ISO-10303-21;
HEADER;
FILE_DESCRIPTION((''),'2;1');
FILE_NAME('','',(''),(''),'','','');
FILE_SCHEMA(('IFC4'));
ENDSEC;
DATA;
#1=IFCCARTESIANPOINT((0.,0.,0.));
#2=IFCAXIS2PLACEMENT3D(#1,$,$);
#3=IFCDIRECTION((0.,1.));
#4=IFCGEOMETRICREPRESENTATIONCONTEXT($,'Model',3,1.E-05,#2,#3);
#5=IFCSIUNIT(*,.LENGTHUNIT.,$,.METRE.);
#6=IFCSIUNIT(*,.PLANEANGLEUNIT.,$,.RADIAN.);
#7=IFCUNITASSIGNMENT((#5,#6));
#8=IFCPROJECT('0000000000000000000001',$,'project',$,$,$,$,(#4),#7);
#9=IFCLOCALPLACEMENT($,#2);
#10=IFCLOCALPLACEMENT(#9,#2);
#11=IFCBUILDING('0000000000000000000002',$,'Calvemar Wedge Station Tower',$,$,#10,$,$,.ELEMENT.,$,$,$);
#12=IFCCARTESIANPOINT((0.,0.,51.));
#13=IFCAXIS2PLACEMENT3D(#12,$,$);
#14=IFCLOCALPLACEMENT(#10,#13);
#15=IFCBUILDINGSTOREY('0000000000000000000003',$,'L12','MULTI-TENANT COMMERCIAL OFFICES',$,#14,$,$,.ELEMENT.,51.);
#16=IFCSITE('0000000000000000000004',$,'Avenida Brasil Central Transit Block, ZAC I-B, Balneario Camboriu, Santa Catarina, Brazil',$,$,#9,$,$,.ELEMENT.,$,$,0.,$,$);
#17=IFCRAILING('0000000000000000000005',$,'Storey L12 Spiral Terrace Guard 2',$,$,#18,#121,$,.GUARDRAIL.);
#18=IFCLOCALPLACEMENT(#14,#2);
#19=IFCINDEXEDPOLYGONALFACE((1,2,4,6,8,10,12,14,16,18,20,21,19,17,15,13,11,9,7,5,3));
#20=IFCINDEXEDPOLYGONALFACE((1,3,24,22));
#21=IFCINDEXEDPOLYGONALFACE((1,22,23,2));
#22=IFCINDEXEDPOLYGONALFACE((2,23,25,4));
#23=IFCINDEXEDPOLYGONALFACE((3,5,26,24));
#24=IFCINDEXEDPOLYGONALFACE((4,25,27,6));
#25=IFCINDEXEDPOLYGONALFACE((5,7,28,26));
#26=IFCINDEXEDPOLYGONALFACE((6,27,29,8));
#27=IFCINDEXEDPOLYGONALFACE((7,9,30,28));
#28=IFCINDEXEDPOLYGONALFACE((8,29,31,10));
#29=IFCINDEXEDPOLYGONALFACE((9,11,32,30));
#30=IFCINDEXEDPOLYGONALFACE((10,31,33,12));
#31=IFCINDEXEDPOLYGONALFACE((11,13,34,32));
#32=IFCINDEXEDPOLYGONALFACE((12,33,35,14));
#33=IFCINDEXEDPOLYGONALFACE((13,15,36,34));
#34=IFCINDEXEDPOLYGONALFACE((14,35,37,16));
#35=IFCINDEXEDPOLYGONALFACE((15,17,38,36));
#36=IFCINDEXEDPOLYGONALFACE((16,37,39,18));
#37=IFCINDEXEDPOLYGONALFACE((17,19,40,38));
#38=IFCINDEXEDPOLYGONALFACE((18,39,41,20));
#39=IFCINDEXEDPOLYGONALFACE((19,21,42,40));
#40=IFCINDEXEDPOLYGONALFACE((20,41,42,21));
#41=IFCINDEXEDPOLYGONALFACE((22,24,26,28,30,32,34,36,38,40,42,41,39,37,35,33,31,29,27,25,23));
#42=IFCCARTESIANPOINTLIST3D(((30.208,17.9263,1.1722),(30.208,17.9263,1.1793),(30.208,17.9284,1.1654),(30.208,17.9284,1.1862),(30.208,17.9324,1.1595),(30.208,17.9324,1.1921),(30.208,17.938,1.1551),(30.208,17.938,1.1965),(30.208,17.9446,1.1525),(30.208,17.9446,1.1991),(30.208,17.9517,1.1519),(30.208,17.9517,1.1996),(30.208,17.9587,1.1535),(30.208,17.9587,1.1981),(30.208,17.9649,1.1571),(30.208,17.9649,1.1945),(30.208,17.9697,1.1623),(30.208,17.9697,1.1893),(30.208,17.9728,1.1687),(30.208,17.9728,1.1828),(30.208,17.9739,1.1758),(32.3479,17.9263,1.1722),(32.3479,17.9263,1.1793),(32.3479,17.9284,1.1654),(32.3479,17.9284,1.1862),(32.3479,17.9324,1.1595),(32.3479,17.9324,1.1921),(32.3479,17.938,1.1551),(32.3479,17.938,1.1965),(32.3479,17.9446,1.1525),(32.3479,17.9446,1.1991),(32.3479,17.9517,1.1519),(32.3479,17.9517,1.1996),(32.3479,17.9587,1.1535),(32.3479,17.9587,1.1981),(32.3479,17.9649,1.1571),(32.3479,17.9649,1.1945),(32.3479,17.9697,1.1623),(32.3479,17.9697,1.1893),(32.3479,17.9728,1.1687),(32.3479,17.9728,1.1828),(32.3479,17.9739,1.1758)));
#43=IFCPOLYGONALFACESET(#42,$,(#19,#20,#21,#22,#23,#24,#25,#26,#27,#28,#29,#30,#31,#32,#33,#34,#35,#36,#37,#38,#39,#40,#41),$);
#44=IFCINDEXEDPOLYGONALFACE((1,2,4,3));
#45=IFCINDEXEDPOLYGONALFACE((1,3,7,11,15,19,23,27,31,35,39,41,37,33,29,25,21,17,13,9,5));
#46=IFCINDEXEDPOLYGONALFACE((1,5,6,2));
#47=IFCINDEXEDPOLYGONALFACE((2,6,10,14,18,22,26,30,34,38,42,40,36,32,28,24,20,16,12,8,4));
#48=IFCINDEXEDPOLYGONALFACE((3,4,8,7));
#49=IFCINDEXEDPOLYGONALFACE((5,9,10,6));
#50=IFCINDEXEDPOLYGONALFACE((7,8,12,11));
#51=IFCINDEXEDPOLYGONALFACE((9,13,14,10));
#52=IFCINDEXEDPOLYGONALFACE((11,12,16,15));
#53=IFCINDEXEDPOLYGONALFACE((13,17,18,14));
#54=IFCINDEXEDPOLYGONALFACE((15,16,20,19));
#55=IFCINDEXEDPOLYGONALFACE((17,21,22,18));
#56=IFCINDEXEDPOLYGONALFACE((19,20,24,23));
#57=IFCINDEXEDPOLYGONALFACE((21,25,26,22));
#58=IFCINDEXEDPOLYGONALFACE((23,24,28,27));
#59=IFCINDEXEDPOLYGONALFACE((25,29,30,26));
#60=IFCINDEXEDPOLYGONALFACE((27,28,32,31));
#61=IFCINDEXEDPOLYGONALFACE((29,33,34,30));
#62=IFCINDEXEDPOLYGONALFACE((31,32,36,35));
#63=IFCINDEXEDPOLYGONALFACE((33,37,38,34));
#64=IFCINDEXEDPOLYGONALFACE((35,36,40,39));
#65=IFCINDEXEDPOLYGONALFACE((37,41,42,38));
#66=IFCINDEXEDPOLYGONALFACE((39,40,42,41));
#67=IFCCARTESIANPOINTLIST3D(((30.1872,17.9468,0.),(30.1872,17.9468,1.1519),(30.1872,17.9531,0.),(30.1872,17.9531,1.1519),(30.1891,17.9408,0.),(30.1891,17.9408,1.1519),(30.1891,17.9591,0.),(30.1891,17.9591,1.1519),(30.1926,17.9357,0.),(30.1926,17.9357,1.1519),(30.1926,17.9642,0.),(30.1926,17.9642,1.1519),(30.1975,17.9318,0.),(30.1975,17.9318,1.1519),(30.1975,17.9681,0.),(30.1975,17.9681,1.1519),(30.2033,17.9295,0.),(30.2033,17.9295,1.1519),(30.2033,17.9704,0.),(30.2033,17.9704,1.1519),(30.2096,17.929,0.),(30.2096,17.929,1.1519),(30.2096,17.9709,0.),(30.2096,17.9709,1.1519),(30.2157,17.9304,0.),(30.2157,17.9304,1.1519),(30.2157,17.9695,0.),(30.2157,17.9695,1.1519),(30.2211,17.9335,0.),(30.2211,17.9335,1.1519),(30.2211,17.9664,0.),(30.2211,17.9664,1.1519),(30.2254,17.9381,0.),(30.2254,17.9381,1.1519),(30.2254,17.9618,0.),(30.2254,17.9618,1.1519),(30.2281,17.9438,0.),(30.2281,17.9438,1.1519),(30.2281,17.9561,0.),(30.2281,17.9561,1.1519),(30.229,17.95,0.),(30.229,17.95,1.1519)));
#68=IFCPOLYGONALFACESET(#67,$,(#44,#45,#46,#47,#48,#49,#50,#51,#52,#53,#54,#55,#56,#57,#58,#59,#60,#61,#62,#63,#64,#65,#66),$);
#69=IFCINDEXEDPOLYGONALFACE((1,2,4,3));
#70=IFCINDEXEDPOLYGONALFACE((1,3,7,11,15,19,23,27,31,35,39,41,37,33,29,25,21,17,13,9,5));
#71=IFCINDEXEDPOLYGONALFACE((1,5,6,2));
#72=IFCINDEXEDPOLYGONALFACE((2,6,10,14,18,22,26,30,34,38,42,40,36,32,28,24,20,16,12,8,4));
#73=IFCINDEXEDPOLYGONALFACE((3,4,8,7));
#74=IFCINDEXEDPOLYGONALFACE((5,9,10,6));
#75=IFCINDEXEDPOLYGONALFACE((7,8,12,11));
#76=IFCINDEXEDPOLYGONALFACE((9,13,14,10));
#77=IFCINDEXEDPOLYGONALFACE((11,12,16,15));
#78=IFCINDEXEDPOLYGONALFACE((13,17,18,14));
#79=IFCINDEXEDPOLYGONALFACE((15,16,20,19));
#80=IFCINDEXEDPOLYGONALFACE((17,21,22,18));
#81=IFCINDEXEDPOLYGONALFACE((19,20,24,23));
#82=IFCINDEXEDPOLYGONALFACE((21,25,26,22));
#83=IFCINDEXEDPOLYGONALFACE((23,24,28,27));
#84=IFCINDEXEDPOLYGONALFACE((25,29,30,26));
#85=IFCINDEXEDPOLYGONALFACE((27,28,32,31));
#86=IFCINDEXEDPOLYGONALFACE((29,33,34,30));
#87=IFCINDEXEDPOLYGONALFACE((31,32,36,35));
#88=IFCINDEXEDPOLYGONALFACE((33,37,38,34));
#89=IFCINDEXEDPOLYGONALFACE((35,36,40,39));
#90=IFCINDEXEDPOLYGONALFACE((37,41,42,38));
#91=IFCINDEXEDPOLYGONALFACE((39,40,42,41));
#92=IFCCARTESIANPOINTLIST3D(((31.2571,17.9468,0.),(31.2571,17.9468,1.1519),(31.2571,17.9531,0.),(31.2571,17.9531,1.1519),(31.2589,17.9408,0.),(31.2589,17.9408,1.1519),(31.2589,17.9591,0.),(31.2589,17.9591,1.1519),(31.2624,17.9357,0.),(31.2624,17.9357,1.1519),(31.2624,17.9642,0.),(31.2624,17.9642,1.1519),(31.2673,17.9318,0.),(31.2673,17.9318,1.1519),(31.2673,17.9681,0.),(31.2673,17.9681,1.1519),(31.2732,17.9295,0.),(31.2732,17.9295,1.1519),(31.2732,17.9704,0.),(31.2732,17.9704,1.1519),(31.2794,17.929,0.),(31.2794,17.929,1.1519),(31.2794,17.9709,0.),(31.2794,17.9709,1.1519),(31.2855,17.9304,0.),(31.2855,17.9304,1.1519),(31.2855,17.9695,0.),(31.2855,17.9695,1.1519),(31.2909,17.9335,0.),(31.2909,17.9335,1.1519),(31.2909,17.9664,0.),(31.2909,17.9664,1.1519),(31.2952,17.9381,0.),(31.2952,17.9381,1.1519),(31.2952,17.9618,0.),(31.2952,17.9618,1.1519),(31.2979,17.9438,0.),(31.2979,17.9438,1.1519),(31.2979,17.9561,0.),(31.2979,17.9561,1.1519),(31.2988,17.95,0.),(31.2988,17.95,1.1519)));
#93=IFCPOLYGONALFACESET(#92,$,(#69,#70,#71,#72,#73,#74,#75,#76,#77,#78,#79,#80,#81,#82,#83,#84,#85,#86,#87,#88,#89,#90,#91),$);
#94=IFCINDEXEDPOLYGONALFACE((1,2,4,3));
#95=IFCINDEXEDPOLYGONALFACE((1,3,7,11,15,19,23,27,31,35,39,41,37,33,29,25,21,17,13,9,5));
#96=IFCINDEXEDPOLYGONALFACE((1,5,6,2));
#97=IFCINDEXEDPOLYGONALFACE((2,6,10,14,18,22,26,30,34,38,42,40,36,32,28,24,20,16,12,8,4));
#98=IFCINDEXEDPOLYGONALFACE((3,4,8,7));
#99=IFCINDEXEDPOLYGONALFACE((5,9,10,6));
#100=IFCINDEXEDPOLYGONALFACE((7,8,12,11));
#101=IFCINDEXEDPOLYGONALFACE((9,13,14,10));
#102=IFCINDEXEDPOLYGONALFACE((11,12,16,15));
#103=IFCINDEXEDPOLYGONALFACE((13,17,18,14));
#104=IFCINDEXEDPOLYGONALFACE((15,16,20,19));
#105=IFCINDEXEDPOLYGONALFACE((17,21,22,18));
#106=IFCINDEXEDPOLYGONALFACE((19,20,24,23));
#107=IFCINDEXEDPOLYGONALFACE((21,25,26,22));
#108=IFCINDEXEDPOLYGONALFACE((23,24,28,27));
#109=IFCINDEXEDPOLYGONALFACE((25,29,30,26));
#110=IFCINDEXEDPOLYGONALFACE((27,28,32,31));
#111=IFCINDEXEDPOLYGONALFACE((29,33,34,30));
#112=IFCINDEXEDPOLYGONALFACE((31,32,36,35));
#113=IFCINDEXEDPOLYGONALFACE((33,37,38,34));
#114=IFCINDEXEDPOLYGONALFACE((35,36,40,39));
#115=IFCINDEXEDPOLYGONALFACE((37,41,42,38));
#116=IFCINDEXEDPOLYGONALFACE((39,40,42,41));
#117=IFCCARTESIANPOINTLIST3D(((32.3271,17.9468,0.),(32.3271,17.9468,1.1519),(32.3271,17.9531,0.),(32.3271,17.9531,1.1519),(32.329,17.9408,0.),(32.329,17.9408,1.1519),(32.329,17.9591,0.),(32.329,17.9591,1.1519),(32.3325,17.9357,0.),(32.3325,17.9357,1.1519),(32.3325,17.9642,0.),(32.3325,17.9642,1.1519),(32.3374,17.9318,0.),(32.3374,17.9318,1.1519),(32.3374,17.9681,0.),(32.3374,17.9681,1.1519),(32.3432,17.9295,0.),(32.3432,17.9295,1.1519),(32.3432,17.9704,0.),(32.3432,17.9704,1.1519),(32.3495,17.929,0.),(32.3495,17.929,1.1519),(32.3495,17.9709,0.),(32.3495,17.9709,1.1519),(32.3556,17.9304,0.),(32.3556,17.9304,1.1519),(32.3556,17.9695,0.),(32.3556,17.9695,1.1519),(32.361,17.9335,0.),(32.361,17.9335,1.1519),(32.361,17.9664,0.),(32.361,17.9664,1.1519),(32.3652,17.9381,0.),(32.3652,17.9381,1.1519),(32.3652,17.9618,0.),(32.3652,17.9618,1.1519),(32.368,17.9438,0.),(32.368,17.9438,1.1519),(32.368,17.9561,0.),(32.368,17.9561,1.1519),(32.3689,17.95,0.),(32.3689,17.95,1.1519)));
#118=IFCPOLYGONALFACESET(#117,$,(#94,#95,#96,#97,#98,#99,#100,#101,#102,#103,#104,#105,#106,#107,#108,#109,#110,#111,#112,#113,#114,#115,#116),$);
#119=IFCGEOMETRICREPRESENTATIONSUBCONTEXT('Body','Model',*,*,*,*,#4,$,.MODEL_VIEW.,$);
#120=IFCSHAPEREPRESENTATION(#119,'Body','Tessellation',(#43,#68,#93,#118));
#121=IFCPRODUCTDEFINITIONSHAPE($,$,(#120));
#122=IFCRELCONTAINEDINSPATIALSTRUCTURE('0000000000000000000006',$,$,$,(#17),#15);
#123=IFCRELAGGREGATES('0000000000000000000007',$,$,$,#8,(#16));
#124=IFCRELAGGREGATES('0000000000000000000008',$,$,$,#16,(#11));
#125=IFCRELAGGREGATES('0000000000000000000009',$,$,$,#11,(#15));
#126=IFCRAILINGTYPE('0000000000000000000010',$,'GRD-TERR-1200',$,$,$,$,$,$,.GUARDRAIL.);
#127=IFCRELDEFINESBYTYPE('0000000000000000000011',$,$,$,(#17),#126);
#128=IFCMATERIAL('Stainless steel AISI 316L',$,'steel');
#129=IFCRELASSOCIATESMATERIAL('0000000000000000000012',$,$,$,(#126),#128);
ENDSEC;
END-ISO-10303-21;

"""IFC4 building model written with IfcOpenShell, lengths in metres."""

from ifc_helpers import new_model, si_unit, direction, frame, origin, origin_2d, place, context, subcontext, project, spatial, circle, extrude, material, type_object, element, save


model = new_model("IFC4")

# Units and contexts
model_context = context("Model", 3, precision=1e-05, world=origin(), true_north=direction((0.0, 1.0)))
body_context = subcontext(model_context, "Body", "Model", "MODEL_VIEW")
ifc_project = project(units=[si_unit("LENGTHUNIT", "METRE"), si_unit("PLANEANGLEUNIT", "RADIAN")], contexts=[model_context])

# Site, building, storey
site_placement = place(None, origin())
site = spatial("IfcSite", under=ifc_project, at=site_placement, Name="Avenida Brasil Central Transit Block, ZAC I-B, Balneario Camboriu, Santa Catarina, Brazil", CompositionType="ELEMENT", RefElevation=0.0)
building_placement = place(site_placement, origin())
building = spatial("IfcBuilding", under=site, at=building_placement, Name="Calvemar Wedge Station Tower", CompositionType="ELEMENT")
storey_placement = place(building_placement, frame((0.0, 0.0, 51.0)))
storey = spatial("IfcBuildingStorey", under=building, at=storey_placement, Name="L12", Description="MULTI-TENANT COMMERCIAL OFFICES", CompositionType="ELEMENT", Elevation=51.0)

# Railing
ifc_material_1 = material(Name="Stainless steel AISI 316L", Category="steel")
railing_type = type_object("IfcRailingType", Name="GRD-TERR-1200", PredefinedType="GUARDRAIL", material=ifc_material_1)
railing_1_placement = place(storey_placement, frame((30.208, 17.95, 0.0)))
element("IfcRailing", 1, at=railing_1_placement, inside=storey, type_object=railing_type, Name="Storey L12 Spiral Terrace Guard 2", PredefinedType="GUARDRAIL", context=body_context, shape_type="SweptSolid", body=[
    extrude(circle(Radius=0.0239, at=origin_2d()), frame((0.0, 0.0, 1.1758), z_axis=(1.0, 0.0, 0.0), x_axis=(0.0, 1.0, 0.0)), (0.0, 0.0, 1.0), 2.1399),
    extrude(circle(Radius=0.021, at=origin_2d()), origin(), (0.0, 0.0, 1.0), 1.1519),
    extrude(circle(Radius=0.021, at=origin_2d()), frame((1.0698, 0.0, 0.0)), (0.0, 0.0, 1.0), 1.1519),
    extrude(circle(Radius=0.021, at=origin_2d()), frame((2.1399, 0.0, 0.0)), (0.0, 0.0, 1.0), 1.1519),
])

save(model, "model.ifc")
